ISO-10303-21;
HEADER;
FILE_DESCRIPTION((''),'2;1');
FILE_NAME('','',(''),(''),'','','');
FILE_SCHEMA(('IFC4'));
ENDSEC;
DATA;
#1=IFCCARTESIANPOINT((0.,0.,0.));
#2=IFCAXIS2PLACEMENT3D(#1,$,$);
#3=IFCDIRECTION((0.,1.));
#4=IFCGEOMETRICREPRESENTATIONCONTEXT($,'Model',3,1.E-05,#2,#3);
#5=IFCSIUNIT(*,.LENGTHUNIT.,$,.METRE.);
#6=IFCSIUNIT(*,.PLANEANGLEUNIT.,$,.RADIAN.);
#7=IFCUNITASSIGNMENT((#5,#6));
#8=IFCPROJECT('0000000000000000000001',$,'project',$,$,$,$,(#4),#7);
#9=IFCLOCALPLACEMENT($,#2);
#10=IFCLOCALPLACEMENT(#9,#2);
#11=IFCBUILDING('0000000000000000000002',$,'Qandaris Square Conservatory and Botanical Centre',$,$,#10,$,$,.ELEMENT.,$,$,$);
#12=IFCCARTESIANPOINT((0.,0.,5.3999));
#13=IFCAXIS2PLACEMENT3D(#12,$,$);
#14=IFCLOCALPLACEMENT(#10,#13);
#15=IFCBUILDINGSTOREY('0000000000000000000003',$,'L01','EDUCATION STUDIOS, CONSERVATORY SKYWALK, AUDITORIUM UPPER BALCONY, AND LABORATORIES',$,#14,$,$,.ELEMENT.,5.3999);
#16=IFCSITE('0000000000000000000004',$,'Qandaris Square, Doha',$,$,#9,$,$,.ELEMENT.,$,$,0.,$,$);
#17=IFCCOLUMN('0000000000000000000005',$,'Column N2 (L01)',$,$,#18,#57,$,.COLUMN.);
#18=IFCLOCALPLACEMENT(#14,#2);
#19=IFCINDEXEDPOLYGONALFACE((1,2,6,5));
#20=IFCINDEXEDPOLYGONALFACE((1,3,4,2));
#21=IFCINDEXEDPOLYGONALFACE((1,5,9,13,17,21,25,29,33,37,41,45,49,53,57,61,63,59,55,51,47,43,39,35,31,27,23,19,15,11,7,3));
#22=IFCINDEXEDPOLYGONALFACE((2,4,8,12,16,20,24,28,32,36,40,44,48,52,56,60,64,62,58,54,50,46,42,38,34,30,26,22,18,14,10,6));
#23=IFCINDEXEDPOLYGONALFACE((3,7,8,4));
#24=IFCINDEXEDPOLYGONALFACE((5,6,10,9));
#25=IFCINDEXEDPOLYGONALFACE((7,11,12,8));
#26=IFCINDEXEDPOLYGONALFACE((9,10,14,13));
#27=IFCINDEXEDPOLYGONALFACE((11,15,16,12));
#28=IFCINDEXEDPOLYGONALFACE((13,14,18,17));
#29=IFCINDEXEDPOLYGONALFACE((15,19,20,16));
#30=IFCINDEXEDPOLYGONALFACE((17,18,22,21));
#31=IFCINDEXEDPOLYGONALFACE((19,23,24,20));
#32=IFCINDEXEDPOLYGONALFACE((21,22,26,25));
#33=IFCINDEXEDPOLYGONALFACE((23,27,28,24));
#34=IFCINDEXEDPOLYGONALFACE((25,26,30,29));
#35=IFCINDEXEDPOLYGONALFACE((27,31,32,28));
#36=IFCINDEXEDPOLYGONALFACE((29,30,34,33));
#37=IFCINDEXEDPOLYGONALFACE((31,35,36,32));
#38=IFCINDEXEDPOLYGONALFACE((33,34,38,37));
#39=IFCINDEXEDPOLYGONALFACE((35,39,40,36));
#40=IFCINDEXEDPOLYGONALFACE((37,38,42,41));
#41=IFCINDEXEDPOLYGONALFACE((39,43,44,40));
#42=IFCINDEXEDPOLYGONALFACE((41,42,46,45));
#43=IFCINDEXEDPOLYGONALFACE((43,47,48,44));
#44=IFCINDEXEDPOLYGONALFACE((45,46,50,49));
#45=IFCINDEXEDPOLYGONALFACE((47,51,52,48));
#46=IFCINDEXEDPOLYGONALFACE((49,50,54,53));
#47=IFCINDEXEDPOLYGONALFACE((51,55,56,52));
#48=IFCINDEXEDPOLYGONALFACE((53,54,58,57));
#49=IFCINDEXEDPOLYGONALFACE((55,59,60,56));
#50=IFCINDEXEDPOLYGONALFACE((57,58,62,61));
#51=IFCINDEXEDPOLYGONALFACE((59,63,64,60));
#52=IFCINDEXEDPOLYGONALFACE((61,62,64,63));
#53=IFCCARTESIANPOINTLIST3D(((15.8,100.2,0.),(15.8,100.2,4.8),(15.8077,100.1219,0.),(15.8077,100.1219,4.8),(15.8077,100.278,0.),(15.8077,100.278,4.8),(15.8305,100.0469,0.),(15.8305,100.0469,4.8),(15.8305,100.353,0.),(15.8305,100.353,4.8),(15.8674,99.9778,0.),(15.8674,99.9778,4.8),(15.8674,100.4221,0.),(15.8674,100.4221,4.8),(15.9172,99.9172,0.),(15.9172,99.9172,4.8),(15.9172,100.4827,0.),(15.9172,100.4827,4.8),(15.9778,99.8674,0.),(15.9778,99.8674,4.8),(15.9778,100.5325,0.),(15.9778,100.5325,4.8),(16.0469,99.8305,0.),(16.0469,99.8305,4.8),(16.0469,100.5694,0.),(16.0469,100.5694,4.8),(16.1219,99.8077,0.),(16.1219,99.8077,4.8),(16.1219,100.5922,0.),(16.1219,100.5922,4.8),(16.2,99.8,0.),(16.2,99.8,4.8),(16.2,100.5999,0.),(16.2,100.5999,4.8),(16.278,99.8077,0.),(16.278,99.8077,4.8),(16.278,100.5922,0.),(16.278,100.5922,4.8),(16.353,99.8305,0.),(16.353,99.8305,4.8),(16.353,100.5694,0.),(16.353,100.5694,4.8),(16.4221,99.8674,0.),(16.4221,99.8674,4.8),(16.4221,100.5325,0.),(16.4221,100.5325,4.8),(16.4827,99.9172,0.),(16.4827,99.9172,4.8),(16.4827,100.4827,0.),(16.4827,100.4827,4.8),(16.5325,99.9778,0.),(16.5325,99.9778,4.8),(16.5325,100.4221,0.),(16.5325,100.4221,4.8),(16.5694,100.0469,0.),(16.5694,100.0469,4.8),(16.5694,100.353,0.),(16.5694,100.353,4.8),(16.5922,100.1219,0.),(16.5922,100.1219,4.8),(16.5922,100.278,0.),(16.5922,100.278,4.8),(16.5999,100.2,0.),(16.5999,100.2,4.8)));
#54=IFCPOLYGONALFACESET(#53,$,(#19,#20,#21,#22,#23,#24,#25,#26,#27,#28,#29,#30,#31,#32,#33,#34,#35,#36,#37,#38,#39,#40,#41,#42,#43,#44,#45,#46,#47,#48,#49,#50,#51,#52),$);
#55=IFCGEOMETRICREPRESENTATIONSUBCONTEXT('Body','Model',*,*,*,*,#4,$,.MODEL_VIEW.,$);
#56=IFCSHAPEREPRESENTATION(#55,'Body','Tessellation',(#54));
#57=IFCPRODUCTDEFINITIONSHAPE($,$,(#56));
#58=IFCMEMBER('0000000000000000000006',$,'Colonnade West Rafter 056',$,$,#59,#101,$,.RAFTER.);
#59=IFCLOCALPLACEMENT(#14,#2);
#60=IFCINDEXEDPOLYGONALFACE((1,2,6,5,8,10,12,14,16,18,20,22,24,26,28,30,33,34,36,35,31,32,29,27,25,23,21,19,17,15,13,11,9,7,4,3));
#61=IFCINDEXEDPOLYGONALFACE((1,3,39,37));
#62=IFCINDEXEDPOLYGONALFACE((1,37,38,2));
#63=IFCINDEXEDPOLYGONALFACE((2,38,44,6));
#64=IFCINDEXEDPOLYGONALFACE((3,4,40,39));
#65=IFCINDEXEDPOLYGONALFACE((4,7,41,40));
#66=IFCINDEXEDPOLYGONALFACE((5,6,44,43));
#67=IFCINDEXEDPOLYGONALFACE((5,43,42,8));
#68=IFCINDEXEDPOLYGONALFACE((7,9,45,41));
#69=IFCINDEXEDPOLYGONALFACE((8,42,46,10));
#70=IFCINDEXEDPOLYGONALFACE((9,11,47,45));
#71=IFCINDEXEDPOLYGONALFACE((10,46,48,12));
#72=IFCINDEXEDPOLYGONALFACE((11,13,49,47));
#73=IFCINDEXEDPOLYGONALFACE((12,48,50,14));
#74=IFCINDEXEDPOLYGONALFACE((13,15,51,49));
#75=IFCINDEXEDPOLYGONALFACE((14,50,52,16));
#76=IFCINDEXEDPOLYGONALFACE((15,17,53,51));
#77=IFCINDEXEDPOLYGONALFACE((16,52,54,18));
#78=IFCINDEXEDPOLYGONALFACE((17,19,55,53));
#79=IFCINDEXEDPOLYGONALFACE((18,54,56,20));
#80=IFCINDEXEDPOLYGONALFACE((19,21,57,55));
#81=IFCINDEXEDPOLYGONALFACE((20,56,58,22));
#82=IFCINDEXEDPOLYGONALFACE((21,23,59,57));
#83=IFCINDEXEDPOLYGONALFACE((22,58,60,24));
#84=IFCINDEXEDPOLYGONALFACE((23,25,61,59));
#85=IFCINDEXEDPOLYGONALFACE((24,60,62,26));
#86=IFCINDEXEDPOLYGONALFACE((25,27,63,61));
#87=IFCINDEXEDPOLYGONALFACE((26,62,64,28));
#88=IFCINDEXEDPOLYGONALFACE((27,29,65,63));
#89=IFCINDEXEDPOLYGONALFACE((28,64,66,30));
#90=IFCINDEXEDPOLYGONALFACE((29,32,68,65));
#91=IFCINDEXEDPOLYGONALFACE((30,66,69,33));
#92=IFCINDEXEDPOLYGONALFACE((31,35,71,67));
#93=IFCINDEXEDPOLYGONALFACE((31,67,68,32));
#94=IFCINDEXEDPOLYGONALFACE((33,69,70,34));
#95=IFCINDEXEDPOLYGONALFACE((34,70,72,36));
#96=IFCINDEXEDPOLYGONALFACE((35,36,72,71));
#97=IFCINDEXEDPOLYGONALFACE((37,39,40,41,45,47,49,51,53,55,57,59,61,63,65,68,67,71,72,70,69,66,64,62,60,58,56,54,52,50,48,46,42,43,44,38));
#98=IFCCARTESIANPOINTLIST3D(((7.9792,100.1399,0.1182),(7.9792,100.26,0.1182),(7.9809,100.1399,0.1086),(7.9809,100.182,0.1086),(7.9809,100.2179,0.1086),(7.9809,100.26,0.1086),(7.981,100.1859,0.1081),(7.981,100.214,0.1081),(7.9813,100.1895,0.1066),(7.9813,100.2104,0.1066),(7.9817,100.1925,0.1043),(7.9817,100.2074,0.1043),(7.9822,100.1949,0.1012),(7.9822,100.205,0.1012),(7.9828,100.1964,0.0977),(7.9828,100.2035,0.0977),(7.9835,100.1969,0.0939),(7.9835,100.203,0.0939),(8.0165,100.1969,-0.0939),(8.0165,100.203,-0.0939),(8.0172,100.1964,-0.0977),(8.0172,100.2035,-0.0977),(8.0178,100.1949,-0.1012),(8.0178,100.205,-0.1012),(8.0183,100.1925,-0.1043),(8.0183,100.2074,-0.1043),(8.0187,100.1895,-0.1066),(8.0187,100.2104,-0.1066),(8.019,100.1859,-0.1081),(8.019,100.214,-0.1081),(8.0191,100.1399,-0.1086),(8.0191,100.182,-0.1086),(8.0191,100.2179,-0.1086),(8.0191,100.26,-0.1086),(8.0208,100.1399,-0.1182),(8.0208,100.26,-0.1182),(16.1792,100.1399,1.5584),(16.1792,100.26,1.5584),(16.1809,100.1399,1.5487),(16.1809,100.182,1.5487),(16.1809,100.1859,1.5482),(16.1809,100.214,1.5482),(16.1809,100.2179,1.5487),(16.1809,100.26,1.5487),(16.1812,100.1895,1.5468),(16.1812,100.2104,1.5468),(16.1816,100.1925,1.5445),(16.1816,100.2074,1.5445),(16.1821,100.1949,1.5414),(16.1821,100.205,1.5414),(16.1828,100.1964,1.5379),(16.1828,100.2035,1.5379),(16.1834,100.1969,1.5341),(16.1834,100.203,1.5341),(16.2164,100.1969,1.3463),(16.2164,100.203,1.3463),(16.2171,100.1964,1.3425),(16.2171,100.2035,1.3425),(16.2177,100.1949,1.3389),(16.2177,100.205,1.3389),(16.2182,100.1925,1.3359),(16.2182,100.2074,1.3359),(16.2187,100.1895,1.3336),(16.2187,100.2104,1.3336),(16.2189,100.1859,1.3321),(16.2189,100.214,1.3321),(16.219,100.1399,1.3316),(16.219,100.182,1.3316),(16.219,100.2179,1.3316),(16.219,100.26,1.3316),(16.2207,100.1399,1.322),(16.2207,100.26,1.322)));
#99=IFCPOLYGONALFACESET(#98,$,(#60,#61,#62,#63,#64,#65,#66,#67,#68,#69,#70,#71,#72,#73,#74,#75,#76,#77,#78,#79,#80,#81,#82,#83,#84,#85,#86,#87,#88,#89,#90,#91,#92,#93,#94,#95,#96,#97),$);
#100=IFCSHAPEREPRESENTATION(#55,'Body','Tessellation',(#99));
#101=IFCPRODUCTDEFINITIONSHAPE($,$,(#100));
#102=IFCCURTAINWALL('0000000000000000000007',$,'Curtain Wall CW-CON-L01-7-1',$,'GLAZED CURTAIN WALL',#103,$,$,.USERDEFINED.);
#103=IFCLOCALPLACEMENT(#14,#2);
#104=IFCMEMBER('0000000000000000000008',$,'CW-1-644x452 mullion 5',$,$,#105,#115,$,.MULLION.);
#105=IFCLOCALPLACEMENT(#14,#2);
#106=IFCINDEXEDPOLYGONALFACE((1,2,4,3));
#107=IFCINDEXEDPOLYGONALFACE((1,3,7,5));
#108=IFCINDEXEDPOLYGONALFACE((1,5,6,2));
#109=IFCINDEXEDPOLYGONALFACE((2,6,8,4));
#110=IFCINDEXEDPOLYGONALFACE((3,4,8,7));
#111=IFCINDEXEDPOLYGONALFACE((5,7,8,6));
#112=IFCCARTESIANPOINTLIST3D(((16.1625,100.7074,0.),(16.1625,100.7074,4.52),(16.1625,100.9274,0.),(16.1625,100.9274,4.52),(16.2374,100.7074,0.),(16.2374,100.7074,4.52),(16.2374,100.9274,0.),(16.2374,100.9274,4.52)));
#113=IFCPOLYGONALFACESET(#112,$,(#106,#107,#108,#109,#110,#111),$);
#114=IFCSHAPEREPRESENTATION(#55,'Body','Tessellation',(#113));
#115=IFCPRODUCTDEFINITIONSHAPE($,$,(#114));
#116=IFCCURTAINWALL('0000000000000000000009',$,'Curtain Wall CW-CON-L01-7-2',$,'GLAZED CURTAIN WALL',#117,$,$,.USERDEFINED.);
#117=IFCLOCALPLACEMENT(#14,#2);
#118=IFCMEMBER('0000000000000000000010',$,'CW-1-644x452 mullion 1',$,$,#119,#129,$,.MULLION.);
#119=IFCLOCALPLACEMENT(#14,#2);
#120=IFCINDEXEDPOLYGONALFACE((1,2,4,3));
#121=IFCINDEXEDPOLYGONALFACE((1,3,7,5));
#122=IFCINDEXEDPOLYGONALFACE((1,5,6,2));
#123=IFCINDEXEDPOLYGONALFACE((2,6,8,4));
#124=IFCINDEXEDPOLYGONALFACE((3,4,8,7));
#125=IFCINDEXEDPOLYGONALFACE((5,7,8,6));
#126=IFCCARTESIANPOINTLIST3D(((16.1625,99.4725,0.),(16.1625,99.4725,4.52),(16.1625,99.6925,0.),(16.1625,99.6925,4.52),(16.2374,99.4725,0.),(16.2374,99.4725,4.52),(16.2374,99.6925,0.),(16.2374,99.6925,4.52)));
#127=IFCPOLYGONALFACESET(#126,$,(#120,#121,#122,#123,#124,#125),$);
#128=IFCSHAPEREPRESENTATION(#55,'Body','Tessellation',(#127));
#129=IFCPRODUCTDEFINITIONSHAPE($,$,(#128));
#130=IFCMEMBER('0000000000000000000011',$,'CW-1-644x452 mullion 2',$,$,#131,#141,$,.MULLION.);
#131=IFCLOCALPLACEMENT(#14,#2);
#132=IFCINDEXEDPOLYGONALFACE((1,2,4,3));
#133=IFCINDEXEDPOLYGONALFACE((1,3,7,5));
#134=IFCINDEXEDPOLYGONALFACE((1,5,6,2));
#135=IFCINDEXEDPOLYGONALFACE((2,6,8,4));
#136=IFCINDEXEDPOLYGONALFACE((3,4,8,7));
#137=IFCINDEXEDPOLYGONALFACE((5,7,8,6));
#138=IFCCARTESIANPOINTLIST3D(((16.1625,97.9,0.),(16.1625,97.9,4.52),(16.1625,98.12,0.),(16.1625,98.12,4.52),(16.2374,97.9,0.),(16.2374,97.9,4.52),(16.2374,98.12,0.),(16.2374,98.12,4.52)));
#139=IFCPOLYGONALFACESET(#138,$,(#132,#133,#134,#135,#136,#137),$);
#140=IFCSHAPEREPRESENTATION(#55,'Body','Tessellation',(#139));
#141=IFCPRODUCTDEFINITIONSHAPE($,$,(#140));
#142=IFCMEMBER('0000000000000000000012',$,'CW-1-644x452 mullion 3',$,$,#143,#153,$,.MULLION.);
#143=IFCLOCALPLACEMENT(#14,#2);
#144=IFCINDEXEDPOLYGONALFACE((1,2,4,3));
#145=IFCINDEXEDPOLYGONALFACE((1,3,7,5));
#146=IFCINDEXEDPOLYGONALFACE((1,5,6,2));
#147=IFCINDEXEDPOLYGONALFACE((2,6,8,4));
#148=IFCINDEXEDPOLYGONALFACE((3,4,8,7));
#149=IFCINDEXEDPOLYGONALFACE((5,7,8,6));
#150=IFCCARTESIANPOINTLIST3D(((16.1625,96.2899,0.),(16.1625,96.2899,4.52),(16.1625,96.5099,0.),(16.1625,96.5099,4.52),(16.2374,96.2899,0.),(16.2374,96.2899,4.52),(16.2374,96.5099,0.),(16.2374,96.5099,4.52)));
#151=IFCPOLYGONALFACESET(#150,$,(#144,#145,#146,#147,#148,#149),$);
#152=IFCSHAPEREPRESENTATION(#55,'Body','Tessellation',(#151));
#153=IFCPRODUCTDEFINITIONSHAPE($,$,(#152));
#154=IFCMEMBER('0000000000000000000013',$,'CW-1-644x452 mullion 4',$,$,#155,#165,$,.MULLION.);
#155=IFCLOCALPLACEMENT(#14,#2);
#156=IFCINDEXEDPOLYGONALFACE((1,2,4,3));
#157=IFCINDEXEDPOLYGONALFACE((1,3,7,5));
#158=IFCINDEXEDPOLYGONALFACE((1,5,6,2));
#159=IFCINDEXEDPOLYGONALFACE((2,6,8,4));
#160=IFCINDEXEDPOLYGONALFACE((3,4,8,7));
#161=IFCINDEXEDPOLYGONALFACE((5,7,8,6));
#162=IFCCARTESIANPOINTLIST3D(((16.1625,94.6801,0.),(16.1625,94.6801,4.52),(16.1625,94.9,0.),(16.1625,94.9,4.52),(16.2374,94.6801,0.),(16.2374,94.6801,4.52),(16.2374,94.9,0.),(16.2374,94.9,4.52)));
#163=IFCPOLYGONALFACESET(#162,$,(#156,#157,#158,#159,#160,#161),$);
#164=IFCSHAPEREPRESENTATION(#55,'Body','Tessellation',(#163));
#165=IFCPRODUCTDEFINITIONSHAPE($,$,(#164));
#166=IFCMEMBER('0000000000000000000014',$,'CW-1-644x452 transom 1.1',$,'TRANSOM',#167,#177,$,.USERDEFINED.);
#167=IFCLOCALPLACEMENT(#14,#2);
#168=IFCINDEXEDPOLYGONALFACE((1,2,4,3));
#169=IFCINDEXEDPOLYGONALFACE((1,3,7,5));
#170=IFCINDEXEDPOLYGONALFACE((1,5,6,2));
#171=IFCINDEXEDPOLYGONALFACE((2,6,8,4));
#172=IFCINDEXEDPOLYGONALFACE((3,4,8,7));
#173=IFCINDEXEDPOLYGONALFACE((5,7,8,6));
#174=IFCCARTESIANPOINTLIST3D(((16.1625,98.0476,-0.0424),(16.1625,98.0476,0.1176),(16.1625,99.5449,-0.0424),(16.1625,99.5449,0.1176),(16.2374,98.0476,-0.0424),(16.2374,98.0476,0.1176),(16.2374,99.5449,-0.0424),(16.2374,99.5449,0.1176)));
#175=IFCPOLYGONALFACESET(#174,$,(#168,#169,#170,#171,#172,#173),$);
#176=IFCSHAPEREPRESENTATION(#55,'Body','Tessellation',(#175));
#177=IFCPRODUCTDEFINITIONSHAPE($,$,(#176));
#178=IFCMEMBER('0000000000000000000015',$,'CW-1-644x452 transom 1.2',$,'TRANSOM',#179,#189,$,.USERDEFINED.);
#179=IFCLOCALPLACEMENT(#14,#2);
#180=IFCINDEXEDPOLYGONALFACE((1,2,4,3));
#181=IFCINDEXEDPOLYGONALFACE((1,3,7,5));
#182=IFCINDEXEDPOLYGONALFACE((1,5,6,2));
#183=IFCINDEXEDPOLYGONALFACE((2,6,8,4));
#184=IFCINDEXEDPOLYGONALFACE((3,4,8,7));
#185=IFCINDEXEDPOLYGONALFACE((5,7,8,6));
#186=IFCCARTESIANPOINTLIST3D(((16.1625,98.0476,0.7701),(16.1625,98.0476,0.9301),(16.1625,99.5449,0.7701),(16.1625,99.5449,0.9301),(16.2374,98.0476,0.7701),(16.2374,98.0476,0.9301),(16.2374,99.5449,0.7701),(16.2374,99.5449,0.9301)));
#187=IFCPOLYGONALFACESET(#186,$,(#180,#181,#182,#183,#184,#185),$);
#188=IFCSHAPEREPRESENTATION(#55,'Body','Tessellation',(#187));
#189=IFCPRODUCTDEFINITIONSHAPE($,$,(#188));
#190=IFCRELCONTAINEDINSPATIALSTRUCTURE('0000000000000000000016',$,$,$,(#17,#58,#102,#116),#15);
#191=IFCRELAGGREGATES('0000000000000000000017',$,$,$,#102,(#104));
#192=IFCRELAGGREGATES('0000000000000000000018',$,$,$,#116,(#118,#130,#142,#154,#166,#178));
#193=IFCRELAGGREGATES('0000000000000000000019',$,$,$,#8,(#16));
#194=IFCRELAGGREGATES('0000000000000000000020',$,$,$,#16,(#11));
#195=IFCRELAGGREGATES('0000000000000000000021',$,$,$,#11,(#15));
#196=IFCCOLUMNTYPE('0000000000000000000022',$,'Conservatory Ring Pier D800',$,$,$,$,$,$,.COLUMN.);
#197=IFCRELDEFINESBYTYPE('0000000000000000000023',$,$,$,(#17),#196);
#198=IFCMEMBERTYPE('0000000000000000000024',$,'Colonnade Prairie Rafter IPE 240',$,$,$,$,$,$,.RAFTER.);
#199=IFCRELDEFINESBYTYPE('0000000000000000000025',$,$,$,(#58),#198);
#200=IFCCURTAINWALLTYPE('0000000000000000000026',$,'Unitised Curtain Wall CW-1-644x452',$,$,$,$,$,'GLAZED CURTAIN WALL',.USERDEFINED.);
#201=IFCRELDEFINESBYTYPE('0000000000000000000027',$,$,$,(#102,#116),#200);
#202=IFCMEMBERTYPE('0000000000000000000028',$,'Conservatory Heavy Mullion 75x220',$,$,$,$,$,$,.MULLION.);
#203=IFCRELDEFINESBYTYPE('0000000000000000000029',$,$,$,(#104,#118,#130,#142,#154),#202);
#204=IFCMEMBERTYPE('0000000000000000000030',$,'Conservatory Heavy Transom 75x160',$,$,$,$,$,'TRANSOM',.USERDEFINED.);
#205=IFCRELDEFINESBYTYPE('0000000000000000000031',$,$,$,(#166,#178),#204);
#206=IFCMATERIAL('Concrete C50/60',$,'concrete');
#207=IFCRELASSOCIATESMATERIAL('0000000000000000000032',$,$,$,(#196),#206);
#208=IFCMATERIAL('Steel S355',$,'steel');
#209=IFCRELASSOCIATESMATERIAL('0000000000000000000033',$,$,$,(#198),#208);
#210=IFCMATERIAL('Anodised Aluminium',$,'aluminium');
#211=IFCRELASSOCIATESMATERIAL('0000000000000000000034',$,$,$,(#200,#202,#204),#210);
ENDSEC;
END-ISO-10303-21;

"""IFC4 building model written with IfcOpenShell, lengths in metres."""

from ifc_helpers import new_model, si_unit, direction, frame, origin, origin_2d, place, context, subcontext, project, spatial, rectangle, circle, i_section, extrude, material, material_profile, profile_set, type_object, element, aggregate, save


model = new_model("IFC4")

# Units and contexts
model_context = context("Model", 3, precision=1e-05, world=origin(), true_north=direction((0.0, 1.0)))
body_context = subcontext(model_context, "Body", "Model", "MODEL_VIEW")
ifc_project = project(units=[si_unit("LENGTHUNIT", "METRE"), si_unit("PLANEANGLEUNIT", "RADIAN")], contexts=[model_context])

# Site, building, storey
site_placement = place(None, origin())
site = spatial("IfcSite", under=ifc_project, at=site_placement, Name="Qandaris Square, Doha", CompositionType="ELEMENT", RefElevation=0.0)
building_placement = place(site_placement, origin())
building = spatial("IfcBuilding", under=site, at=building_placement, Name="Qandaris Square Conservatory and Botanical Centre", CompositionType="ELEMENT")
storey_placement = place(building_placement, frame((0.0, 0.0, 5.3999)))
storey = spatial("IfcBuildingStorey", under=building, at=storey_placement, Name="L01", Description="EDUCATION STUDIOS, CONSERVATORY SKYWALK, AUDITORIUM UPPER BALCONY, AND LABORATORIES", CompositionType="ELEMENT", Elevation=5.3999)

# Column
ifc_material_1 = material(Name="Concrete C50/60", Category="concrete")
ifc_material_profile_1 = material_profile(ifc_material_1, circle(Radius=0.3999, at=origin_2d()), Name="RC-COL D800")
ifc_profile_set_1 = profile_set([ifc_material_profile_1], Name="Concrete C50/60")
column_type = type_object("IfcColumnType", Name="Conservatory Ring Pier D800", PredefinedType="COLUMN", material=ifc_profile_set_1)
column_placement = place(storey_placement, frame((16.2, 100.2, 0.0), z_axis=(0.0, 0.0, 1.0), x_axis=(1.0, 0.0, 0.0)))
element("IfcColumn", 1, at=column_placement, inside=storey, type_object=column_type, Name="Column N2 (L01)", PredefinedType="COLUMN", context=body_context, shape_type="SweptSolid", body=[
    extrude(circle(Radius=0.3999, at=origin_2d()), origin(), (0.0, 0.0, 1.0), 4.8),
])

# Member
ifc_material_2 = material(Name="Steel S355", Category="steel")
ifc_material_profile_2 = material_profile(ifc_material_2, i_section(OverallWidth=0.1201, OverallDepth=0.24, WebThickness=0.0061, FlangeThickness=0.0098, FilletRadius=0.0149, at=origin_2d()), Name="IPE 240")
ifc_profile_set_2 = profile_set([ifc_material_profile_2], Name="Steel S355")
member_type_1 = type_object("IfcMemberType", Name="Colonnade Prairie Rafter IPE 240", PredefinedType="RAFTER", material=ifc_profile_set_2)
member_1_placement = place(storey_placement, frame((8.0, 100.2, 0.0), z_axis=(0.984924, 0.0, 0.172986), x_axis=(0.0, 1.0, 0.0)))
element("IfcMember", 2, at=member_1_placement, inside=storey, type_object=member_type_1, Name="Colonnade West Rafter 056", PredefinedType="RAFTER", context=body_context, shape_type="SweptSolid", body=[
    extrude(i_section(OverallWidth=0.1201, OverallDepth=0.24, WebThickness=0.0061, FlangeThickness=0.0098, FilletRadius=0.0149, at=origin_2d()), origin(), (0.0, 0.0, 1.0), 8.3254),
])

# Curtain wall, member
ifc_material_3 = material(Name="Anodised Aluminium", Category="aluminium")
curtain_wall_type = type_object("IfcCurtainWallType", Name="Unitised Curtain Wall CW-1-644x452", ElementType="GLAZED CURTAIN WALL", PredefinedType="USERDEFINED", material=ifc_material_3)
curtain_wall_1_placement = place(storey_placement, origin())
curtain_wall_1 = element("IfcCurtainWall", 3, at=curtain_wall_1_placement, inside=storey, type_object=curtain_wall_type, Name="Curtain Wall CW-CON-L01-7-1", ObjectType="GLAZED CURTAIN WALL", PredefinedType="USERDEFINED")
ifc_material_profile_3 = material_profile(ifc_material_3, rectangle(XDim=0.075, YDim=0.22, at=origin_2d()), Name="ALU-MUL 75x220")
ifc_profile_set_3 = profile_set([ifc_material_profile_3], Name="Anodised Aluminium")
member_type_2 = type_object("IfcMemberType", Name="Conservatory Heavy Mullion 75x220", PredefinedType="MULLION", material=ifc_profile_set_3)
member_2_placement = place(storey_placement, frame((16.2, 100.8174, 0.0), z_axis=(0.0, 0.0, 1.0), x_axis=(1.0, 0.0, 0.0)))
member_2 = element("IfcMember", 4, at=member_2_placement, type_object=member_type_2, Name="CW-1-644x452 mullion 5", PredefinedType="MULLION", context=body_context, shape_type="SweptSolid", body=[
    extrude(rectangle(XDim=0.075, YDim=0.22, at=origin_2d()), origin(), (0.0, 0.0, 1.0), 4.52),
])
aggregate(curtain_wall_1, [member_2])

# Curtain wall, members
curtain_wall_2_placement = place(storey_placement, origin())
curtain_wall_2 = element("IfcCurtainWall", 5, at=curtain_wall_2_placement, inside=storey, type_object=curtain_wall_type, Name="Curtain Wall CW-CON-L01-7-2", ObjectType="GLAZED CURTAIN WALL", PredefinedType="USERDEFINED")
member_3_placement = place(storey_placement, frame((16.2, 99.5825, 0.0), z_axis=(0.0, 0.0, 1.0), x_axis=(1.0, 0.0, 0.0)))
member_3 = element("IfcMember", 6, at=member_3_placement, type_object=member_type_2, Name="CW-1-644x452 mullion 1", PredefinedType="MULLION", context=body_context, shape_type="SweptSolid", body=[
    extrude(rectangle(XDim=0.075, YDim=0.22, at=origin_2d()), origin(), (0.0, 0.0, 1.0), 4.52),
])
member_4_placement = place(storey_placement, frame((16.2, 98.01, 0.0), z_axis=(0.0, 0.0, 1.0), x_axis=(1.0, 0.0, 0.0)))
member_4 = element("IfcMember", 7, at=member_4_placement, type_object=member_type_2, Name="CW-1-644x452 mullion 2", PredefinedType="MULLION", context=body_context, shape_type="SweptSolid", body=[
    extrude(rectangle(XDim=0.075, YDim=0.22, at=origin_2d()), origin(), (0.0, 0.0, 1.0), 4.52),
])
member_5_placement = place(storey_placement, frame((16.2, 96.3999, 0.0), z_axis=(0.0, 0.0, 1.0), x_axis=(1.0, 0.0, 0.0)))
member_5 = element("IfcMember", 8, at=member_5_placement, type_object=member_type_2, Name="CW-1-644x452 mullion 3", PredefinedType="MULLION", context=body_context, shape_type="SweptSolid", body=[
    extrude(rectangle(XDim=0.075, YDim=0.22, at=origin_2d()), origin(), (0.0, 0.0, 1.0), 4.52),
])
member_6_placement = place(storey_placement, frame((16.2, 94.79, 0.0), z_axis=(0.0, 0.0, 1.0), x_axis=(1.0, 0.0, 0.0)))
member_6 = element("IfcMember", 9, at=member_6_placement, type_object=member_type_2, Name="CW-1-644x452 mullion 4", PredefinedType="MULLION", context=body_context, shape_type="SweptSolid", body=[
    extrude(rectangle(XDim=0.075, YDim=0.22, at=origin_2d()), origin(), (0.0, 0.0, 1.0), 4.52),
])
ifc_material_profile_4 = material_profile(ifc_material_3, rectangle(XDim=0.075, YDim=0.1599, at=origin_2d()), Name="ALU-TRN 75x160")
ifc_profile_set_4 = profile_set([ifc_material_profile_4], Name="Anodised Aluminium")
member_type_3 = type_object("IfcMemberType", Name="Conservatory Heavy Transom 75x160", ElementType="TRANSOM", PredefinedType="USERDEFINED", material=ifc_profile_set_4)
member_7_placement = place(storey_placement, frame((16.2, 99.5449, 0.0376), z_axis=(0.0, -1.0, 0.0), x_axis=(1.0, 0.0, 0.0)))
member_7 = element("IfcMember", 10, at=member_7_placement, type_object=member_type_3, Name="CW-1-644x452 transom 1.1", ObjectType="TRANSOM", PredefinedType="USERDEFINED", context=body_context, shape_type="SweptSolid", body=[
    extrude(rectangle(XDim=0.075, YDim=0.1599, at=origin_2d()), origin(), (0.0, 0.0, 1.0), 1.4973),
])
member_8_placement = place(storey_placement, frame((16.2, 99.5449, 0.8501), z_axis=(0.0, -1.0, 0.0), x_axis=(1.0, 0.0, 0.0)))
member_8 = element("IfcMember", 11, at=member_8_placement, type_object=member_type_3, Name="CW-1-644x452 transom 1.2", ObjectType="TRANSOM", PredefinedType="USERDEFINED", context=body_context, shape_type="SweptSolid", body=[
    extrude(rectangle(XDim=0.075, YDim=0.1599, at=origin_2d()), origin(), (0.0, 0.0, 1.0), 1.4973),
])
aggregate(curtain_wall_2, [member_3, member_4, member_5, member_6, member_7, member_8])

save(model, "model.ifc")
